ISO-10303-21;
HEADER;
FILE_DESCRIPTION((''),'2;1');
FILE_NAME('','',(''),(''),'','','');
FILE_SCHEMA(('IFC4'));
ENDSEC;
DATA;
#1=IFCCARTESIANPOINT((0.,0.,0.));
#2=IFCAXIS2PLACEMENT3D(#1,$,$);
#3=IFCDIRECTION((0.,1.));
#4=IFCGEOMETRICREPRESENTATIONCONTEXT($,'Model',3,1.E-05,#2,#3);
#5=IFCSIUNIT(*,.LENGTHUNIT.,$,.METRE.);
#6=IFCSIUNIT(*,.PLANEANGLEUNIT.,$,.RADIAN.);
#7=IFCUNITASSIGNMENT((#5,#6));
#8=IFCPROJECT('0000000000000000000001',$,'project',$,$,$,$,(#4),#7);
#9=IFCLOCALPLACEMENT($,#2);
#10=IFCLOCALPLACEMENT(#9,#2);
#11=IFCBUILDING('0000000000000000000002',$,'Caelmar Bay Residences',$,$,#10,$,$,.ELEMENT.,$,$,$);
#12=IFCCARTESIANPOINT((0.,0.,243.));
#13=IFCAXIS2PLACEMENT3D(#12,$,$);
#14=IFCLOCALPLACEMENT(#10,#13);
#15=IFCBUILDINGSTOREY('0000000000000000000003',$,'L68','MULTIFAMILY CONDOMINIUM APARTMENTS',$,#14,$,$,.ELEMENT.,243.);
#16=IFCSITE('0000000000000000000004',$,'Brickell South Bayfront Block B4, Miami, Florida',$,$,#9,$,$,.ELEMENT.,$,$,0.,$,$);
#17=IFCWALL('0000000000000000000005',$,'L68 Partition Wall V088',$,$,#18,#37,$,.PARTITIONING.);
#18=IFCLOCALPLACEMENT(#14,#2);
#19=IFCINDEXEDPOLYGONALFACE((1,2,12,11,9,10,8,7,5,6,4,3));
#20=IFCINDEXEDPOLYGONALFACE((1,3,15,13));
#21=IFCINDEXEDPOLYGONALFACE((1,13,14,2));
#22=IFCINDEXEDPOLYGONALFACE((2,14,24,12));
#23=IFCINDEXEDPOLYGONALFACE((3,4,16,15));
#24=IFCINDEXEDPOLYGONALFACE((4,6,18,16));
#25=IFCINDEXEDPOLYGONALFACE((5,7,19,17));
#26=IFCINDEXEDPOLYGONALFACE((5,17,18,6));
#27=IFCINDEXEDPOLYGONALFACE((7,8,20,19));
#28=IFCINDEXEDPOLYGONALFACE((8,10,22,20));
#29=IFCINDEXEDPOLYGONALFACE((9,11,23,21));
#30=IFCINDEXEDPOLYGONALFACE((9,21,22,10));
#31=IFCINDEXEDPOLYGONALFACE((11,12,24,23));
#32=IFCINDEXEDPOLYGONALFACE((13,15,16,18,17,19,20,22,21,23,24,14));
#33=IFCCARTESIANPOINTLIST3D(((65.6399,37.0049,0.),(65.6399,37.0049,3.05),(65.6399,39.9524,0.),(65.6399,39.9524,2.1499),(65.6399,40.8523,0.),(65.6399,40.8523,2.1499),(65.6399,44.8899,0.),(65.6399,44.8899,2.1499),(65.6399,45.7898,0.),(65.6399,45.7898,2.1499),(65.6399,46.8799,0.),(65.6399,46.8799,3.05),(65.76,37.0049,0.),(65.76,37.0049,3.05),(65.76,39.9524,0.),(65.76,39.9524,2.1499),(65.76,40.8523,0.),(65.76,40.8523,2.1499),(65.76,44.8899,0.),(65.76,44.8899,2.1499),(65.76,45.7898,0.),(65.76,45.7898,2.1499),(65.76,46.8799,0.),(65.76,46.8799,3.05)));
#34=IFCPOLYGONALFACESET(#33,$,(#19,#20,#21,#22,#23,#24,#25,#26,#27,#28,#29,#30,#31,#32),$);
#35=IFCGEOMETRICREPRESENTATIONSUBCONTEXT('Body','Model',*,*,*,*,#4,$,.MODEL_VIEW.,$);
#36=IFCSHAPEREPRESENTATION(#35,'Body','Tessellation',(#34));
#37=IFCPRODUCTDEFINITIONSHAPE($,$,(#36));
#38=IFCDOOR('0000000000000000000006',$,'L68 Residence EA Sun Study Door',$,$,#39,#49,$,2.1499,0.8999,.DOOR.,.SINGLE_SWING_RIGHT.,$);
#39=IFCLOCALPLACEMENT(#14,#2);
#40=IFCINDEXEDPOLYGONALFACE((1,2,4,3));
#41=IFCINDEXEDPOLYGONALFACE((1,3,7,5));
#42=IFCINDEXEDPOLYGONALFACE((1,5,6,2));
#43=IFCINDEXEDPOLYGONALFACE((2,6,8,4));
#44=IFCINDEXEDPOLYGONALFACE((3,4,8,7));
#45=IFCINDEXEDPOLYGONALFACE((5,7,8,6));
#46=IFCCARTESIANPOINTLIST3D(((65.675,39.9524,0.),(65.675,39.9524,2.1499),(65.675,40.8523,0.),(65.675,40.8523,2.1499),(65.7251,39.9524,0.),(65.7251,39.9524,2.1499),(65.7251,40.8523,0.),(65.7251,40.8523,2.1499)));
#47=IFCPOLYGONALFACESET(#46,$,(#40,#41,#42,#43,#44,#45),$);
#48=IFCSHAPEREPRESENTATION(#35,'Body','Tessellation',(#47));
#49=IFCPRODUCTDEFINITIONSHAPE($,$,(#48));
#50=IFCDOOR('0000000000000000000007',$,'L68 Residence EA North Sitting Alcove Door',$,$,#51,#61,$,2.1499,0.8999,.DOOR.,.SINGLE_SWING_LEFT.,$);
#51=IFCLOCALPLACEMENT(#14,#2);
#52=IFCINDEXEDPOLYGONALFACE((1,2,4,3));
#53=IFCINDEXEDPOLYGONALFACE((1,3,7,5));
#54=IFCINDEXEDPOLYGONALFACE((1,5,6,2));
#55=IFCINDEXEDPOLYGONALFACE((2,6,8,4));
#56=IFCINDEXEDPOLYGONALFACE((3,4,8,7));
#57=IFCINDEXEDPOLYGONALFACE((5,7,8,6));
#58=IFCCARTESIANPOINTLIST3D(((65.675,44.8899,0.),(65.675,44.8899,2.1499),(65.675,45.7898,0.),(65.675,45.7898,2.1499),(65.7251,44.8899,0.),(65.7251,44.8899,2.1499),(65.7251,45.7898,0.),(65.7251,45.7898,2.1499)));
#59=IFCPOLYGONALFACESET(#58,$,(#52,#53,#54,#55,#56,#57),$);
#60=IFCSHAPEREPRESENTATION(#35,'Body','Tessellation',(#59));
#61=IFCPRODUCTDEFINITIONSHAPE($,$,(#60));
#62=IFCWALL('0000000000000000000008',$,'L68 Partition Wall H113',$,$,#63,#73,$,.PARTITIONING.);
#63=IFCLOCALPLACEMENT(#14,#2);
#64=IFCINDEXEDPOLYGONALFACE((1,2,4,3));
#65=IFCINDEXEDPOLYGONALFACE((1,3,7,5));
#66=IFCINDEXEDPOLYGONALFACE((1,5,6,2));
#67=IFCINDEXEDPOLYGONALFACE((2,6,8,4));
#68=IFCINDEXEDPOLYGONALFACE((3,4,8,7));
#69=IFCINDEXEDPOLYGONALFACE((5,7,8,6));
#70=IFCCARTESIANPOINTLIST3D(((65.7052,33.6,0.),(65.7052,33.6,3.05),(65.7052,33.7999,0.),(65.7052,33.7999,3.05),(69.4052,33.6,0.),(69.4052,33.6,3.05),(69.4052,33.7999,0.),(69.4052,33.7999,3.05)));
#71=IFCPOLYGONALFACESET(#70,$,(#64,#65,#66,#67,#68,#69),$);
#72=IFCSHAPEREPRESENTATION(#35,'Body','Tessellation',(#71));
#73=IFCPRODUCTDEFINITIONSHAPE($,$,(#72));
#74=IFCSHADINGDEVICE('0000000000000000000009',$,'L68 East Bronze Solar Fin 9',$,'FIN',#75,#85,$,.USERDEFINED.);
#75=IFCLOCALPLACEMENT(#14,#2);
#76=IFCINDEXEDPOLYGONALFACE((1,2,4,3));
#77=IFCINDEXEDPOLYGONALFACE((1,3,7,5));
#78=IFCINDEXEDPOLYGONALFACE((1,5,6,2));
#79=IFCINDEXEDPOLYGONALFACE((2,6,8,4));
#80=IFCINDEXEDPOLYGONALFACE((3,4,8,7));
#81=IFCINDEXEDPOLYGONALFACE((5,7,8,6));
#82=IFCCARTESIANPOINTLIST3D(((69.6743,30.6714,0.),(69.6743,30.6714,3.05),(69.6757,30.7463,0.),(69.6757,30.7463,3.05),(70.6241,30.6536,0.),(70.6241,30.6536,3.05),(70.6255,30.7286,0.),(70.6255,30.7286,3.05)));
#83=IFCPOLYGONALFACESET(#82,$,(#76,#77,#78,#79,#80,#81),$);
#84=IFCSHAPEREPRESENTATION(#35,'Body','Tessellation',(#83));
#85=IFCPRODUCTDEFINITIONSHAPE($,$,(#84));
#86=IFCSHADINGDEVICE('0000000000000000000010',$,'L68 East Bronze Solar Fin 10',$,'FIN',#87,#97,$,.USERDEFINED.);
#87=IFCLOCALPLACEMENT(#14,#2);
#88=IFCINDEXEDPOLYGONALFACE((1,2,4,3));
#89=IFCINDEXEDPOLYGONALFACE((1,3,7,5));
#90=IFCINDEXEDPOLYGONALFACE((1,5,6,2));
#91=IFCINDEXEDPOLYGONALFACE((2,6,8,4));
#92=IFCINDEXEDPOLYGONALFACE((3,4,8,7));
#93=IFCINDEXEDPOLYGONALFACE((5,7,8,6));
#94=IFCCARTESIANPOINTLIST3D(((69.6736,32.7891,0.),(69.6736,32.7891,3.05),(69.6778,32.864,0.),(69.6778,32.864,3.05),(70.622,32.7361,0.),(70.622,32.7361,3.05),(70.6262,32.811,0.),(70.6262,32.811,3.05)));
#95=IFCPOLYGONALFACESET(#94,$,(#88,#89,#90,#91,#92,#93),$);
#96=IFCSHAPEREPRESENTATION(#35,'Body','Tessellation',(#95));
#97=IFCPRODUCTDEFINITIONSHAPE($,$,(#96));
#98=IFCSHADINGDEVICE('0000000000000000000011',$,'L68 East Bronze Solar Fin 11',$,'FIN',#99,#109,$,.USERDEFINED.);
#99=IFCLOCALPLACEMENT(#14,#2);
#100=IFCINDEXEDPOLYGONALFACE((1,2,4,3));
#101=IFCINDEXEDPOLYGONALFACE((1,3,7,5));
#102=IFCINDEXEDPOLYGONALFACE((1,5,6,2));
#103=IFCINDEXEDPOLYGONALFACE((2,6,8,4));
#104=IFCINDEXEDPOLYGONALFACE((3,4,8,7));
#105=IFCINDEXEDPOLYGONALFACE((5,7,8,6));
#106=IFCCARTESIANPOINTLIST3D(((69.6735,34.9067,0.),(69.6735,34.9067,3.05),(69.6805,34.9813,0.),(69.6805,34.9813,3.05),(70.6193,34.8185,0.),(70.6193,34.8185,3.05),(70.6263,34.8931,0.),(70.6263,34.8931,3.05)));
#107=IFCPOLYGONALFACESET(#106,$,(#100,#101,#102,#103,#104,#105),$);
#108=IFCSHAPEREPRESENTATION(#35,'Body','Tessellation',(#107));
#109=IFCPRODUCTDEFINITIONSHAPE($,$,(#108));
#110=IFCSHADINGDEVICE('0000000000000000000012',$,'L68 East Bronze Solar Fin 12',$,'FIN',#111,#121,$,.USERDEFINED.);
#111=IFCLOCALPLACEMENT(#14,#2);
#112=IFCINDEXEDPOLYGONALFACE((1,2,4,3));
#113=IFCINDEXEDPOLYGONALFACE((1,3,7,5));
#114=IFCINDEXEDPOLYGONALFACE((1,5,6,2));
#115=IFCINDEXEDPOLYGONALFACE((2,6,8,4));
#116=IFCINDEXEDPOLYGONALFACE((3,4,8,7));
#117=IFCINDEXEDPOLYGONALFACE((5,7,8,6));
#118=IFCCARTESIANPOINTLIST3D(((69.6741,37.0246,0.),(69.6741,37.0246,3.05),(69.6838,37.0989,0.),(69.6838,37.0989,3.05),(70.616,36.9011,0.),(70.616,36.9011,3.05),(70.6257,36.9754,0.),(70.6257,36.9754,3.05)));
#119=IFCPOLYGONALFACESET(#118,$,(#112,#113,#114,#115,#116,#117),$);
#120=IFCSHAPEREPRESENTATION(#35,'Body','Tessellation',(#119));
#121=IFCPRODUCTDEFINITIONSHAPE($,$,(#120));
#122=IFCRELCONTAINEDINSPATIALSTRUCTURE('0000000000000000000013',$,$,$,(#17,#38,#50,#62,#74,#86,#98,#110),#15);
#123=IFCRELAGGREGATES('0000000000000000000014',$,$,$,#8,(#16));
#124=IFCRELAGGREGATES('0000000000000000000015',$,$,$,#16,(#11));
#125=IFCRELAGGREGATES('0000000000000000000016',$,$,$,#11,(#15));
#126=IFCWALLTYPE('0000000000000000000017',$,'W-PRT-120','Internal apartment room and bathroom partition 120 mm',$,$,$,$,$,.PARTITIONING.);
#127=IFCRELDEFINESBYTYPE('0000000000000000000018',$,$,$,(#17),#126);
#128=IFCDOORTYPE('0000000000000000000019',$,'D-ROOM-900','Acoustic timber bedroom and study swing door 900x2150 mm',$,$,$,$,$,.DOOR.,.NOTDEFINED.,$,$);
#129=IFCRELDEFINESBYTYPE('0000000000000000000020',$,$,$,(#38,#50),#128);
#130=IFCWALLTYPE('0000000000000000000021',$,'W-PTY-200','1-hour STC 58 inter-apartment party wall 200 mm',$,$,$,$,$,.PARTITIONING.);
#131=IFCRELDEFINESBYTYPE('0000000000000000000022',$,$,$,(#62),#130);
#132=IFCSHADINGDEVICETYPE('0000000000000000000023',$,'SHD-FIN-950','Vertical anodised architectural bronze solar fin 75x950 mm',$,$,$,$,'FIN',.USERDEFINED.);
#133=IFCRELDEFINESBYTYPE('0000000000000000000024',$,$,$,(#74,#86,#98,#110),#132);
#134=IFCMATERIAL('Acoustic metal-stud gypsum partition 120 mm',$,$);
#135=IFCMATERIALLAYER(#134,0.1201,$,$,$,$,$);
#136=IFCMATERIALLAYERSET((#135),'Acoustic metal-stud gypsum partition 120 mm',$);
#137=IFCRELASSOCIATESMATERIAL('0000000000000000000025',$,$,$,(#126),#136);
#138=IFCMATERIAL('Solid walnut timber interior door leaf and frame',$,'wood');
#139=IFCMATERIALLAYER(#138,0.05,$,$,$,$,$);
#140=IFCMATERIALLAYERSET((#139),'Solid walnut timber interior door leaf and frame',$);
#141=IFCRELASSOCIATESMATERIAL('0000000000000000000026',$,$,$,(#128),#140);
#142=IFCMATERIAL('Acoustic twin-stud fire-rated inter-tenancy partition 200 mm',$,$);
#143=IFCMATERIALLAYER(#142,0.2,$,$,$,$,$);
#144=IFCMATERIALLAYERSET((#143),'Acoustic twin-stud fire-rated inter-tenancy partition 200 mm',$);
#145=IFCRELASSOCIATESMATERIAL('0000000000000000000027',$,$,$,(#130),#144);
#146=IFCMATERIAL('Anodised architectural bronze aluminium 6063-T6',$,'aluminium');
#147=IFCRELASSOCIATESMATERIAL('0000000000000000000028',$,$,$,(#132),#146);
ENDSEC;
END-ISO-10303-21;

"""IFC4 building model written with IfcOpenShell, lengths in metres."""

from ifc_helpers import new_model, si_unit, direction, frame, frame_2d, origin, origin_2d, place, context, subcontext, project, spatial, rectangle, extrude, material, layer, layer_set, material_profile, profile_set, type_object, element, fill, save


model = new_model("IFC4")

# Units and contexts
model_context = context("Model", 3, precision=1e-05, world=origin(), true_north=direction((0.0, 1.0)))
body_context = subcontext(model_context, "Body", "Model", "MODEL_VIEW")
ifc_project = project(units=[si_unit("LENGTHUNIT", "METRE"), si_unit("PLANEANGLEUNIT", "RADIAN")], contexts=[model_context])

# Site, building, storey
site_placement = place(None, origin())
site = spatial("IfcSite", under=ifc_project, at=site_placement, Name="Brickell South Bayfront Block B4, Miami, Florida", CompositionType="ELEMENT", RefElevation=0.0)
building_placement = place(site_placement, origin())
building = spatial("IfcBuilding", under=site, at=building_placement, Name="Caelmar Bay Residences", CompositionType="ELEMENT")
storey_placement = place(building_placement, frame((0.0, 0.0, 243.0)))
storey = spatial("IfcBuildingStorey", under=building, at=storey_placement, Name="L68", Description="MULTIFAMILY CONDOMINIUM APARTMENTS", CompositionType="ELEMENT", Elevation=243.0)

# Shared definitions
ifc_material_1 = material(Name="Acoustic metal-stud gypsum partition 120 mm")
ifc_layer_1 = layer(ifc_material_1, 0.1201)
ifc_layer_set_1 = layer_set([ifc_layer_1], Name="Acoustic metal-stud gypsum partition 120 mm")
wall_type_1 = type_object("IfcWallType", Name="W-PRT-120", Description="Internal apartment room and bathroom partition 120 mm", PredefinedType="PARTITIONING", material=ifc_layer_set_1)
ifc_material_2 = material(Name="Solid walnut timber interior door leaf and frame", Category="wood")

# Wall, openings, doors
wall_1_placement = place(storey_placement, frame((65.7, 37.0049, 0.0), z_axis=(0.0, 0.0, 1.0), x_axis=(0.0, 1.0, 0.0)))
wall_1 = element("IfcWall", 1, at=wall_1_placement, inside=storey, type_object=wall_type_1, Name="L68 Partition Wall V088", PredefinedType="PARTITIONING", context=body_context, shape_type="SweptSolid", body=[
    extrude(rectangle(XDim=9.875, YDim=0.1201, at=frame_2d((4.9375, 0.0))), origin(), (0.0, 0.0, 1.0), 3.05),
])
opening_1_placement = place(wall_1_placement, frame((2.9475, 0.0, 0.0)))
opening_1 = element("IfcOpeningElement", 2, at=opening_1_placement, cuts=wall_1, PredefinedType="OPENING", context=body_context, shape_type="SweptSolid", body=[
    extrude(rectangle(XDim=0.8999, YDim=2.1499, at=frame_2d((0.45, 1.075))), frame((0.0, 0.0701, 0.0), z_axis=(0.0, -1.0, 0.0), x_axis=(1.0, 0.0, 0.0)), (0.0, 0.0, 1.0), 0.1401),
])
opening_2_placement = place(wall_1_placement, frame((7.885, 0.0, 0.0)))
opening_2 = element("IfcOpeningElement", 3, at=opening_2_placement, cuts=wall_1, PredefinedType="OPENING", context=body_context, shape_type="SweptSolid", body=[
    extrude(rectangle(XDim=0.8999, YDim=2.1499, at=frame_2d((0.45, 1.075))), frame((0.0, 0.0701, 0.0), z_axis=(0.0, -1.0, 0.0), x_axis=(1.0, 0.0, 0.0)), (0.0, 0.0, 1.0), 0.1401),
])
ifc_layer_2 = layer(ifc_material_2, 0.05)
ifc_layer_set_2 = layer_set([ifc_layer_2], Name="Solid walnut timber interior door leaf and frame")
door_type_1 = type_object("IfcDoorType", Name="D-ROOM-900", Description="Acoustic timber bedroom and study swing door 900x2150 mm", OperationType="NOTDEFINED", PredefinedType="DOOR", material=ifc_layer_set_2)
door_1_placement = place(opening_1_placement, origin())
door_1 = element("IfcDoor", 4, at=door_1_placement, inside=storey, type_object=door_type_1, Name="L68 Residence EA Sun Study Door", OperationType="SINGLE_SWING_RIGHT", OverallHeight=2.1499, OverallWidth=0.8999, PredefinedType="DOOR", context=body_context, shape_type="SweptSolid", body=[
    extrude(rectangle(XDim=0.8999, YDim=2.1499, at=frame_2d((0.45, 1.075))), frame((0.0, 0.0249, 0.0), z_axis=(0.0, -1.0, 0.0), x_axis=(1.0, 0.0, 0.0)), (0.0, 0.0, 1.0), 0.05),
])
fill(opening_1, door_1)
door_2_placement = place(opening_2_placement, origin())
door_2 = element("IfcDoor", 5, at=door_2_placement, inside=storey, type_object=door_type_1, Name="L68 Residence EA North Sitting Alcove Door", OperationType="SINGLE_SWING_LEFT", OverallHeight=2.1499, OverallWidth=0.8999, PredefinedType="DOOR", context=body_context, shape_type="SweptSolid", body=[
    extrude(rectangle(XDim=0.8999, YDim=2.1499, at=frame_2d((0.45, 1.075))), frame((0.0, 0.0249, 0.0), z_axis=(0.0, -1.0, 0.0), x_axis=(1.0, 0.0, 0.0)), (0.0, 0.0, 1.0), 0.05),
])
fill(opening_2, door_2)

# Wall
ifc_material_3 = material(Name="Acoustic twin-stud fire-rated inter-tenancy partition 200 mm")
ifc_layer_3 = layer(ifc_material_3, 0.2)
ifc_layer_set_3 = layer_set([ifc_layer_3], Name="Acoustic twin-stud fire-rated inter-tenancy partition 200 mm")
wall_type_2 = type_object("IfcWallType", Name="W-PTY-200", Description="1-hour STC 58 inter-apartment party wall 200 mm", PredefinedType="PARTITIONING", material=ifc_layer_set_3)
wall_2_placement = place(storey_placement, frame((65.7051, 33.7, 0.0), z_axis=(0.0, 0.0, 1.0), x_axis=(1.0, 0.0, 0.0)))
element("IfcWall", 6, at=wall_2_placement, inside=storey, type_object=wall_type_2, Name="L68 Partition Wall H113", PredefinedType="PARTITIONING", context=body_context, shape_type="SweptSolid", body=[
    extrude(rectangle(XDim=3.7, YDim=0.2, at=frame_2d((1.8501, 0.0))), origin(), (0.0, 0.0, 1.0), 3.05),
])

# Shading devices
ifc_material_4 = material(Name="Anodised architectural bronze aluminium 6063-T6", Category="aluminium")
ifc_material_profile_1 = material_profile(ifc_material_4, rectangle(XDim=0.075, YDim=0.95, at=origin_2d()), Name="BRONZE-FIN-75X950")
ifc_profile_set_1 = profile_set([ifc_material_profile_1], Name="Anodised architectural bronze aluminium 6063-T6")
shading_device_type = type_object("IfcShadingDeviceType", Name="SHD-FIN-950", Description="Vertical anodised architectural bronze solar fin 75x950 mm", ElementType="FIN", PredefinedType="USERDEFINED", material=ifc_profile_set_1)
for number, where, z_axis, x_axis, name in (
    (7, (70.1499, 30.7, 0.0), (0.0, 0.0, 1.0), (0.018674, 0.999826, 0.0), "L68 East Bronze Solar Fin 9"),
    (8, (70.1499, 32.8, 0.0), (0.0, 0.0, 1.0), (0.055822, 0.998441, 0.0), "L68 East Bronze Solar Fin 10"),
    (9, (70.1499, 34.8999, 0.0), (0.0, 0.0, 1.0), (0.092892, 0.995676, 0.0), "L68 East Bronze Solar Fin 11"),
    (10, (70.1499, 37.0, 0.0), (0.0, 0.0, 1.0), (0.130007, 0.991513, 0.0), "L68 East Bronze Solar Fin 12"),
):
    element("IfcShadingDevice", number, at=place(storey_placement, frame(where, z_axis=z_axis, x_axis=x_axis)), inside=storey, type_object=shading_device_type, Name=name, ObjectType="FIN", PredefinedType="USERDEFINED", context=body_context, shape_type="SweptSolid", body=[
        extrude(rectangle(XDim=0.075, YDim=0.95, at=origin_2d()), origin(), (0.0, 0.0, 1.0), 3.05),
    ])

save(model, "model.ifc")
